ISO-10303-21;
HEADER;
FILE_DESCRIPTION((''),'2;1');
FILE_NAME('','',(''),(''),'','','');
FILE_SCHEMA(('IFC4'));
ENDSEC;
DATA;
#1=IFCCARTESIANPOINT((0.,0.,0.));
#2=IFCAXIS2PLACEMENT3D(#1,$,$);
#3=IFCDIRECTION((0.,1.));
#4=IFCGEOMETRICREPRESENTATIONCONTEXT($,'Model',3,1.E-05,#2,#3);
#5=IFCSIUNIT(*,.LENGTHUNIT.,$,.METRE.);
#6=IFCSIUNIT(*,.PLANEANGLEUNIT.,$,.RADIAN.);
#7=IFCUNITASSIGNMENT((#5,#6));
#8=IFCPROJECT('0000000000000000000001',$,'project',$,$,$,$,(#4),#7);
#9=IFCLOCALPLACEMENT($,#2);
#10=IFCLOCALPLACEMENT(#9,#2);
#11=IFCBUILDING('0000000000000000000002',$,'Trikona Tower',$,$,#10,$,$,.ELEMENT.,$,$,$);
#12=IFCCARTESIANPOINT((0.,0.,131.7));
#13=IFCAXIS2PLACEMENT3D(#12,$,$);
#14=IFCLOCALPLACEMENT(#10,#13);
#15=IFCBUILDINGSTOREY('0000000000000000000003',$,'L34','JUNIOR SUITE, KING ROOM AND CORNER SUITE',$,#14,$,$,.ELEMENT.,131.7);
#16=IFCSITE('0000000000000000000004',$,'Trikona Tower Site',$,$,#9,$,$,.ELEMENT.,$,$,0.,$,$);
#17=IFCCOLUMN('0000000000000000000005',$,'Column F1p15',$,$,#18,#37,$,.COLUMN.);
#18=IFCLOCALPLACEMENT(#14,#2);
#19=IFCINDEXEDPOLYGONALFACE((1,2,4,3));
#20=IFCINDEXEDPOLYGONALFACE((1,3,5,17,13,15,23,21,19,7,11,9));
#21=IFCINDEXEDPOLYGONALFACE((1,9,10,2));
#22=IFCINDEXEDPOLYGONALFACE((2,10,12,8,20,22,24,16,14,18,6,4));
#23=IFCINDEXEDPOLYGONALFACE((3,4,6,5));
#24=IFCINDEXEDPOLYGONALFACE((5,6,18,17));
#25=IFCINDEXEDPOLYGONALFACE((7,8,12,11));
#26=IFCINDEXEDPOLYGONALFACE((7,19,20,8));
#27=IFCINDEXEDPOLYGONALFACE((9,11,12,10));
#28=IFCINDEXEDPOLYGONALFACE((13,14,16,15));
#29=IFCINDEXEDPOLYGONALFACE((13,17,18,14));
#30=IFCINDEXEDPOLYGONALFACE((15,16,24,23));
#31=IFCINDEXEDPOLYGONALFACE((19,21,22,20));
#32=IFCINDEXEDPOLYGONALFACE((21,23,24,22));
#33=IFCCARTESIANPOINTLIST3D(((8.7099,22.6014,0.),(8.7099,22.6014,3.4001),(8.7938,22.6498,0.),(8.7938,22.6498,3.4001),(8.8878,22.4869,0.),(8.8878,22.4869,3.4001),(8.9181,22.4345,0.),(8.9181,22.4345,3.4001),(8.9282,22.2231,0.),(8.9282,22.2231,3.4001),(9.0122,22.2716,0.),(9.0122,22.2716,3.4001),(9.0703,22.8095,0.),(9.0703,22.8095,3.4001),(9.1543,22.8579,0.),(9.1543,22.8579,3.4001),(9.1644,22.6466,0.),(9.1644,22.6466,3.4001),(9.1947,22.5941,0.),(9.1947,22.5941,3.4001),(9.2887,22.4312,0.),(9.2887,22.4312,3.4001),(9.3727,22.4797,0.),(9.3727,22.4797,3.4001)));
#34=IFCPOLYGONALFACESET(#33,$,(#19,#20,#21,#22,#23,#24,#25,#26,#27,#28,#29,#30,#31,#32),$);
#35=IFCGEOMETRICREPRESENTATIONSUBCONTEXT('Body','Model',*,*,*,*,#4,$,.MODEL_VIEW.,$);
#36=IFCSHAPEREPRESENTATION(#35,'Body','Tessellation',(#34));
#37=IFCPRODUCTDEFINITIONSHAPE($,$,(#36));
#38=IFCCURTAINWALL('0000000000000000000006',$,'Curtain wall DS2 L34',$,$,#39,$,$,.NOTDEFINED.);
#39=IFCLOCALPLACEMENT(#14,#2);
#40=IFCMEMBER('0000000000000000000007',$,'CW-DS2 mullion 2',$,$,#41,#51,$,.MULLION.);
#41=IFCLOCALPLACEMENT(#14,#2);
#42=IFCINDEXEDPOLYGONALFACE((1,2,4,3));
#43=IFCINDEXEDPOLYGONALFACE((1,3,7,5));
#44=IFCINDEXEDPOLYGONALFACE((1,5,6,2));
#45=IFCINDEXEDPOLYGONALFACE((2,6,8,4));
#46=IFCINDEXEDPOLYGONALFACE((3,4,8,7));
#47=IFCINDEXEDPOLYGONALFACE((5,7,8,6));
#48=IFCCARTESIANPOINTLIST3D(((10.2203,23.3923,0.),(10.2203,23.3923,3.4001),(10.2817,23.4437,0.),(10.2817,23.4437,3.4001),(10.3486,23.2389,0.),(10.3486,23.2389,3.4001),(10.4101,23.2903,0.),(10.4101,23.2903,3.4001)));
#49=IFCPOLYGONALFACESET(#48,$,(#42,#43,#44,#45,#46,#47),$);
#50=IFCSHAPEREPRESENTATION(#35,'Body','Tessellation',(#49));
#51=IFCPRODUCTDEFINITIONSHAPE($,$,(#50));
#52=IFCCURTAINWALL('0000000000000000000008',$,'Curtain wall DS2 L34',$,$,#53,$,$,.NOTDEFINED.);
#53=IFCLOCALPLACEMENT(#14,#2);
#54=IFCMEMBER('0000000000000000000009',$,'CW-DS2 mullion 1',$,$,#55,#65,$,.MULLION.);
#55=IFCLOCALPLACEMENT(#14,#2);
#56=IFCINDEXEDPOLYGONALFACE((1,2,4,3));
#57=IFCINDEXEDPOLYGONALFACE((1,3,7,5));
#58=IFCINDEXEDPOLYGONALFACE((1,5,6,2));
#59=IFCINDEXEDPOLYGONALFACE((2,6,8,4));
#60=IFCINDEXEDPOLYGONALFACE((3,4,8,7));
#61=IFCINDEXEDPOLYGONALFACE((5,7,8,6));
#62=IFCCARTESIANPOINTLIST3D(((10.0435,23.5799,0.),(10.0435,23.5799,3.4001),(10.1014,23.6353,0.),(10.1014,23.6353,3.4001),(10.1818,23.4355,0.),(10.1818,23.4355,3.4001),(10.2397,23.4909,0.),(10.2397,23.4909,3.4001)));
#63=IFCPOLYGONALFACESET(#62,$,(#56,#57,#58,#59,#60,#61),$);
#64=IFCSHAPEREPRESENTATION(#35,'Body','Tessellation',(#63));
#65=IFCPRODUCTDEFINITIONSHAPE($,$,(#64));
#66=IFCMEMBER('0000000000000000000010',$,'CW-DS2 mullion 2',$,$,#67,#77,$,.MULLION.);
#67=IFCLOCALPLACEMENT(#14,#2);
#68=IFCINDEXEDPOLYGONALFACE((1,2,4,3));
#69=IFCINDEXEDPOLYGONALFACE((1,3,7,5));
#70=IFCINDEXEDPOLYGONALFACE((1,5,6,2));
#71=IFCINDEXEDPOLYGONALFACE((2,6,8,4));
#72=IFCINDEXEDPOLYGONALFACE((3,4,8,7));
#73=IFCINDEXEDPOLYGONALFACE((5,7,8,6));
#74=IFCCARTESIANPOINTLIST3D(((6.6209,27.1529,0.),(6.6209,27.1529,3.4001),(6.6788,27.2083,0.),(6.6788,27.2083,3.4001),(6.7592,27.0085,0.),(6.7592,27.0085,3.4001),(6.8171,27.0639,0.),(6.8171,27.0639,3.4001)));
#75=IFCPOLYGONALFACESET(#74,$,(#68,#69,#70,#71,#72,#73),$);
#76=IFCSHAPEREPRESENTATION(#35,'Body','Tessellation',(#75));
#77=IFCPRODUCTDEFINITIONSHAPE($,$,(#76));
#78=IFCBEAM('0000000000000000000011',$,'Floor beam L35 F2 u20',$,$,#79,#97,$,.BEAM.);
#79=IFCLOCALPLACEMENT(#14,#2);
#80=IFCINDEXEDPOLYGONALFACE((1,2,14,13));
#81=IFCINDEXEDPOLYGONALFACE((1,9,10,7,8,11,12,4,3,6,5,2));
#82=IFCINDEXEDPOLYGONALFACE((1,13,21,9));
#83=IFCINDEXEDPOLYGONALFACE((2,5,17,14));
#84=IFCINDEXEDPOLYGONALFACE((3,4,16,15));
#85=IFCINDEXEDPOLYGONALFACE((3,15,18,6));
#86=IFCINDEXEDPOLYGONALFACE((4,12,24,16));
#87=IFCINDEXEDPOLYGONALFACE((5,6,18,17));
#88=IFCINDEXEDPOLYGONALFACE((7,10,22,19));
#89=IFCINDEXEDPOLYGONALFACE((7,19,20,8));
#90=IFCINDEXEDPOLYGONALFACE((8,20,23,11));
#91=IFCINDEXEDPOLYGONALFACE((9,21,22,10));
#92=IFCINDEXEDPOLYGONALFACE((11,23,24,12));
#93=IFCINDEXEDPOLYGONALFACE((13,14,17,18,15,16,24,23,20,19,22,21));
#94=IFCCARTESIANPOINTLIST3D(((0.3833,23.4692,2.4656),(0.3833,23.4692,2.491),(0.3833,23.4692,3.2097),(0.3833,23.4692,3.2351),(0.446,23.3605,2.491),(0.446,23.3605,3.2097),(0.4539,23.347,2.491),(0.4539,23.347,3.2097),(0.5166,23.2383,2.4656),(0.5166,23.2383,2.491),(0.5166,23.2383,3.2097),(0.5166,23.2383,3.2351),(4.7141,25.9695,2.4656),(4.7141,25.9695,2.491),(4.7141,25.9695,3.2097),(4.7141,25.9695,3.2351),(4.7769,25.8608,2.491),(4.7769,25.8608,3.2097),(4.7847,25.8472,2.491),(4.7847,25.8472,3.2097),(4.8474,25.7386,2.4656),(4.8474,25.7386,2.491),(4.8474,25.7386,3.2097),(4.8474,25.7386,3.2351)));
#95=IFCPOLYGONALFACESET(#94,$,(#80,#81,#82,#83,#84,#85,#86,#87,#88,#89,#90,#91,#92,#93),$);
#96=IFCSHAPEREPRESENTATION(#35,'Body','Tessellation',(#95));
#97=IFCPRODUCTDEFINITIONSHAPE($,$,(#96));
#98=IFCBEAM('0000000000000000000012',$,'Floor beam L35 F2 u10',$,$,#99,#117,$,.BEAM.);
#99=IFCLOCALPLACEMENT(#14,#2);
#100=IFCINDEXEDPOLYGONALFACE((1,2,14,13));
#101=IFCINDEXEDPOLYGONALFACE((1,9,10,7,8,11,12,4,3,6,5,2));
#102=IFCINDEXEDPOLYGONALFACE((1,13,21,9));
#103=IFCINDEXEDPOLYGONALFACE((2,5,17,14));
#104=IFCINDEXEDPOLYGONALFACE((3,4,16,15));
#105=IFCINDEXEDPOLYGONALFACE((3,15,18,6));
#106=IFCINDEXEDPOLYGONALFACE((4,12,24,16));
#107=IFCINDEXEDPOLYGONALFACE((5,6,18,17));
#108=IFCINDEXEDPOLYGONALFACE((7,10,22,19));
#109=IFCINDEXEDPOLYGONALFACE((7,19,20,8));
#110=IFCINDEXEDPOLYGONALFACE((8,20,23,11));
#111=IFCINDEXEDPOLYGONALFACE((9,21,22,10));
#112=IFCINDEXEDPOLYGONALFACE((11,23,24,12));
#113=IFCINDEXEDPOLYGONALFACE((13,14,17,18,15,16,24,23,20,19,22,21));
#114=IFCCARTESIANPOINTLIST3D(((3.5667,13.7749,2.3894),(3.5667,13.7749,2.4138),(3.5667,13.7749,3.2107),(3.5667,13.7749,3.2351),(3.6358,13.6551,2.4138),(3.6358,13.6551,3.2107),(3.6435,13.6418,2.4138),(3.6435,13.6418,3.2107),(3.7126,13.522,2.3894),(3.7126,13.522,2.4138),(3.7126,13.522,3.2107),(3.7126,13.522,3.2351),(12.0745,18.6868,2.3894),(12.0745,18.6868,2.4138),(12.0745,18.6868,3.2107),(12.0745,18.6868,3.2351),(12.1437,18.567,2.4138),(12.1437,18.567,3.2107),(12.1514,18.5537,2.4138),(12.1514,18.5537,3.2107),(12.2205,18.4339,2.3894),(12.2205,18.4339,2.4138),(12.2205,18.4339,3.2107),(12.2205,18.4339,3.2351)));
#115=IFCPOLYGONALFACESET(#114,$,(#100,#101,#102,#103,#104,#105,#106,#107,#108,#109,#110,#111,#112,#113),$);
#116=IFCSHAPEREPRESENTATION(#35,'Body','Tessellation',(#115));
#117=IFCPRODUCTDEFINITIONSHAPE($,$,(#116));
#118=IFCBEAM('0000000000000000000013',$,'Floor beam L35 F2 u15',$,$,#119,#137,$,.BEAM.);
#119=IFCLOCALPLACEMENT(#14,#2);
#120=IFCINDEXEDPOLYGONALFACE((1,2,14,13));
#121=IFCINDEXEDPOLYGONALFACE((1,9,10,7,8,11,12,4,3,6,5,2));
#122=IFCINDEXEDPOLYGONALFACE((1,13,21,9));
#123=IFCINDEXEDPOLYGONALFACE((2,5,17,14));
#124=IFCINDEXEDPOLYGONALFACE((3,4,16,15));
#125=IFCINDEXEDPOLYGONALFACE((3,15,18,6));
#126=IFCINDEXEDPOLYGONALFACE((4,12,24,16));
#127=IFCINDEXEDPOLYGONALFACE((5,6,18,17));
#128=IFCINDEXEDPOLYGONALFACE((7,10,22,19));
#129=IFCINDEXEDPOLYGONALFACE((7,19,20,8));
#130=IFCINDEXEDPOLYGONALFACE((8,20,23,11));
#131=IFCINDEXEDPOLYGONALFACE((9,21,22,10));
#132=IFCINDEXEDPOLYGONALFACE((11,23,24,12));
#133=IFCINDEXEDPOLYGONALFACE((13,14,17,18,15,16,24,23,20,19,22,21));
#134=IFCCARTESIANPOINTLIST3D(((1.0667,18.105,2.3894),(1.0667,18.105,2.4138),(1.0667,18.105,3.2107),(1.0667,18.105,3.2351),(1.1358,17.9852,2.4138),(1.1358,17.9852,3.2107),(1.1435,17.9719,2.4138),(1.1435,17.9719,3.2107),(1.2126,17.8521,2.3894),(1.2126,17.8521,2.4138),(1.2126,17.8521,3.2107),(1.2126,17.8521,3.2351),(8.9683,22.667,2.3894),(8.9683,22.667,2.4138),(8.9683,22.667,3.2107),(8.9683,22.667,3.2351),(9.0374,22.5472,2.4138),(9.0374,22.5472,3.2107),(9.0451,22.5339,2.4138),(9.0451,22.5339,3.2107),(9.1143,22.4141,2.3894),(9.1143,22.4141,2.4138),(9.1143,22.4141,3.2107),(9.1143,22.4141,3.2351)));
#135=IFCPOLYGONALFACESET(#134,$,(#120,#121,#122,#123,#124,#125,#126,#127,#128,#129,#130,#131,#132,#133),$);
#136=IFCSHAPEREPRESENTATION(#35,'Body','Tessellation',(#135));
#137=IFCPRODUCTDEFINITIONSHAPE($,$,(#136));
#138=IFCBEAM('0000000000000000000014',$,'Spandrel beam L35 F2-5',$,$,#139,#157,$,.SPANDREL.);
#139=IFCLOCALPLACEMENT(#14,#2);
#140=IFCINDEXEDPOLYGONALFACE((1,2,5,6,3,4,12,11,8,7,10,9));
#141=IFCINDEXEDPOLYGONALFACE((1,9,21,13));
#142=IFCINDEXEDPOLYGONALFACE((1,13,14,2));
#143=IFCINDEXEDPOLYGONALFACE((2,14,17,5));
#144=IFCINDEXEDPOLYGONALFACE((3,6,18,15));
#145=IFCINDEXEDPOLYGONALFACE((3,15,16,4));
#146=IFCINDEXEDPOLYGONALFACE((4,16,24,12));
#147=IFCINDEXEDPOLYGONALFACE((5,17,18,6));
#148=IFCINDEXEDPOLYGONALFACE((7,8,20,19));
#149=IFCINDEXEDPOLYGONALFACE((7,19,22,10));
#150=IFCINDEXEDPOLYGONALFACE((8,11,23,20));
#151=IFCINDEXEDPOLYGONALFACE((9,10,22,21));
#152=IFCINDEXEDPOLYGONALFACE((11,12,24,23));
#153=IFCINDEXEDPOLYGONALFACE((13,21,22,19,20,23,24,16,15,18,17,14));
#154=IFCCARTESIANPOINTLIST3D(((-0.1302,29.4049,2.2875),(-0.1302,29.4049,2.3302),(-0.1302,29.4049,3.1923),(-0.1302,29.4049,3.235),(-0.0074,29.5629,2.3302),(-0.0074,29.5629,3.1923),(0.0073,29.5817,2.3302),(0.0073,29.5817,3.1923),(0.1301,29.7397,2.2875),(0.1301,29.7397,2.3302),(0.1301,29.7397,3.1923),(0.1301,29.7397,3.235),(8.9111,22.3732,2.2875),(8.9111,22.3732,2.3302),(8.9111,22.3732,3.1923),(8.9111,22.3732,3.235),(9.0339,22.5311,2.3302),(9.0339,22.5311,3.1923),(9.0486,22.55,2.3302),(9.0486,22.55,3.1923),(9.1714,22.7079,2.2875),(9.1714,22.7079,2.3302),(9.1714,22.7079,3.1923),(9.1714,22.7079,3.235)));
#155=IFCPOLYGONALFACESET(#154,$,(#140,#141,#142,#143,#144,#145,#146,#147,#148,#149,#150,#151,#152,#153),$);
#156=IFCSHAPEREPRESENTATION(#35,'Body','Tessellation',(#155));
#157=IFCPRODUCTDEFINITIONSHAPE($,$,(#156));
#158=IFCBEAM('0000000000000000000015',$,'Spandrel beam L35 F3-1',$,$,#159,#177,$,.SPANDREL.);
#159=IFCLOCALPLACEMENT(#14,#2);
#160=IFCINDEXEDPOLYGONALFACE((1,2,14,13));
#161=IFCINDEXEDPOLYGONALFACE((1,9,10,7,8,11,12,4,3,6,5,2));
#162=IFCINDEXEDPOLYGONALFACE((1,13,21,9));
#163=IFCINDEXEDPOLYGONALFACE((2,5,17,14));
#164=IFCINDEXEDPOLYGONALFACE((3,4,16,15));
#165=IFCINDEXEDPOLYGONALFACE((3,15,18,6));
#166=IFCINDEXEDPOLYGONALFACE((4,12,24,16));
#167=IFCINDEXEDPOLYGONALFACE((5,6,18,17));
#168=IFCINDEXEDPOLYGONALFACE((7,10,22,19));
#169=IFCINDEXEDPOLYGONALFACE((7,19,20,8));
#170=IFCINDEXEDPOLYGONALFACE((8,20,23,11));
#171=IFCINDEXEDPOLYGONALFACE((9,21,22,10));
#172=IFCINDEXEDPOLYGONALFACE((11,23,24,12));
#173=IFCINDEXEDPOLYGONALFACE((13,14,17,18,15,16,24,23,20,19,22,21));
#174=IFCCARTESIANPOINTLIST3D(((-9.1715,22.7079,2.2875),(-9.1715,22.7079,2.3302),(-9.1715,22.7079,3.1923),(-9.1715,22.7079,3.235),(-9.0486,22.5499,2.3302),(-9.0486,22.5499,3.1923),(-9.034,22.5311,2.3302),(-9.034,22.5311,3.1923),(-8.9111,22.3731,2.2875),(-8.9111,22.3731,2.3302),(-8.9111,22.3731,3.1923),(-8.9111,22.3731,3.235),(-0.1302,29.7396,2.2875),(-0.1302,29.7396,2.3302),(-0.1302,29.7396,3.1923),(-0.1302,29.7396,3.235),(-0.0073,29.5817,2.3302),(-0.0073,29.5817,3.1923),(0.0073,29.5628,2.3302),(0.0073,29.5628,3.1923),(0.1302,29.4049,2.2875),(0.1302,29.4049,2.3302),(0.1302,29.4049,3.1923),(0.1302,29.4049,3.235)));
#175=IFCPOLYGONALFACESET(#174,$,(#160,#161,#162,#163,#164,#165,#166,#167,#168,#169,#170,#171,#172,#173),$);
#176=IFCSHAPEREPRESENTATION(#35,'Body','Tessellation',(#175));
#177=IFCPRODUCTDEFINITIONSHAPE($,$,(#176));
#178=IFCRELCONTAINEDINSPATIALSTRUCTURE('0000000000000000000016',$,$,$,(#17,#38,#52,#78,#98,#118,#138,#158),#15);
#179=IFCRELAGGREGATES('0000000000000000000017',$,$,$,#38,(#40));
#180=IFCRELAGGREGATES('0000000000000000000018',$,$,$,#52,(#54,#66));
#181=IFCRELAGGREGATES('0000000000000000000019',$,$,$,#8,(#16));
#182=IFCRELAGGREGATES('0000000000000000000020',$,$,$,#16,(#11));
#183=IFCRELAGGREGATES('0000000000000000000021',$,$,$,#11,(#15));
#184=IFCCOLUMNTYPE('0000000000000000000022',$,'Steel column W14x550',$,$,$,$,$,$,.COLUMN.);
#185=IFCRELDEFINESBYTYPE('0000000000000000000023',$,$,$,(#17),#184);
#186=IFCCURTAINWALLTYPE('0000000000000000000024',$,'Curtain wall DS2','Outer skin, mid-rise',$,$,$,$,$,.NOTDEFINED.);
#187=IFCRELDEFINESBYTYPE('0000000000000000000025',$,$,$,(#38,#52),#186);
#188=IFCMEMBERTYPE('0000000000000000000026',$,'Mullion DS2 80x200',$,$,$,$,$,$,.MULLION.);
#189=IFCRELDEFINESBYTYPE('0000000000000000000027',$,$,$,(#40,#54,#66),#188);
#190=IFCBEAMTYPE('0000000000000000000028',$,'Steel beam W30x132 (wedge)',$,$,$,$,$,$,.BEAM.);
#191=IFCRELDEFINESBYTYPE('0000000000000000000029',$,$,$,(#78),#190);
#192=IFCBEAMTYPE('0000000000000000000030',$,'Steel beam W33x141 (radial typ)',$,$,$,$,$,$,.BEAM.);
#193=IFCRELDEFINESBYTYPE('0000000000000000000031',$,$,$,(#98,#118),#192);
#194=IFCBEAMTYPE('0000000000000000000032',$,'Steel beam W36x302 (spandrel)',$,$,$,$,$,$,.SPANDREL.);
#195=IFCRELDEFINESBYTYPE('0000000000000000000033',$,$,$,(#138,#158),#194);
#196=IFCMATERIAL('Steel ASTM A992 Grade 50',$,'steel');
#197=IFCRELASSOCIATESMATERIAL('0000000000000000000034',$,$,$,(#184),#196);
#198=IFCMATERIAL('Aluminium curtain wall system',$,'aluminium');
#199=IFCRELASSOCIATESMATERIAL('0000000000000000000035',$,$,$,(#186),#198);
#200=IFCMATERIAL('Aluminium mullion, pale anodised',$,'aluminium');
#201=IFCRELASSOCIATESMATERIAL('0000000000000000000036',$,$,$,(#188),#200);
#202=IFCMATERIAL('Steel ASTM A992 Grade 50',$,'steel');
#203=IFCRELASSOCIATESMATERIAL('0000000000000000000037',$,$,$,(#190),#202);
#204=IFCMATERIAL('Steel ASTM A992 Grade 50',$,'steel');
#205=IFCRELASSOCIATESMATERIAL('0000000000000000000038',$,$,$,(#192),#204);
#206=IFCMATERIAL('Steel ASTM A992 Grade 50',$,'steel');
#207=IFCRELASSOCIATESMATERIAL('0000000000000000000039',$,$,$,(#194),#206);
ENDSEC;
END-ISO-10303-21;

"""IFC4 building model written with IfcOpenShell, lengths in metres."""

from ifc_helpers import new_model, si_unit, direction, frame, origin, origin_2d, place, context, subcontext, project, spatial, rectangle, i_section, extrude, material, material_profile, profile_set, type_object, element, aggregate, save


model = new_model("IFC4")

# Units and contexts
model_context = context("Model", 3, precision=1e-05, world=origin(), true_north=direction((0.0, 1.0)))
body_context = subcontext(model_context, "Body", "Model", "MODEL_VIEW")
ifc_project = project(units=[si_unit("LENGTHUNIT", "METRE"), si_unit("PLANEANGLEUNIT", "RADIAN")], contexts=[model_context])

# Site, building, storey
site_placement = place(None, origin())
site = spatial("IfcSite", under=ifc_project, at=site_placement, Name="Trikona Tower Site", CompositionType="ELEMENT", RefElevation=0.0)
building_placement = place(site_placement, origin())
building = spatial("IfcBuilding", under=site, at=building_placement, Name="Trikona Tower", CompositionType="ELEMENT")
storey_placement = place(building_placement, frame((0.0, 0.0, 131.7)))
storey = spatial("IfcBuildingStorey", under=building, at=storey_placement, Name="L34", Description="JUNIOR SUITE, KING ROOM AND CORNER SUITE", CompositionType="ELEMENT", Elevation=131.7)

# Column
ifc_material_1 = material(Name="Steel ASTM A992 Grade 50", Category="steel")
ifc_material_profile_1 = material_profile(ifc_material_1, i_section(OverallWidth=0.4368, OverallDepth=0.5132, WebThickness=0.0605, FlangeThickness=0.0969, at=origin_2d()), Name="W14X550")
ifc_profile_set_1 = profile_set([ifc_material_profile_1], Name="Steel ASTM A992 Grade 50")
column_type = type_object("IfcColumnType", Name="Steel column W14x550", PredefinedType="COLUMN", material=ifc_profile_set_1)
column_placement = place(storey_placement, frame((9.0413, 22.5405, 0.0), z_axis=(0.0, 0.0, 1.0), x_axis=(-0.5, 0.866025, 0.0)))
element("IfcColumn", 1, at=column_placement, inside=storey, type_object=column_type, Name="Column F1p15", PredefinedType="COLUMN", context=body_context, shape_type="SweptSolid", body=[
    extrude(i_section(OverallWidth=0.4368, OverallDepth=0.5132, WebThickness=0.0605, FlangeThickness=0.0969, at=origin_2d()), origin(), (0.0, 0.0, 1.0), 3.4001),
])

# Curtain wall, member
ifc_material_2 = material(Name="Aluminium curtain wall system", Category="aluminium")
curtain_wall_type = type_object("IfcCurtainWallType", Name="Curtain wall DS2", Description="Outer skin, mid-rise", PredefinedType="NOTDEFINED", material=ifc_material_2)
curtain_wall_1_placement = place(storey_placement, origin())
curtain_wall_1 = element("IfcCurtainWall", 2, at=curtain_wall_1_placement, inside=storey, type_object=curtain_wall_type, Name="Curtain wall DS2 L34", PredefinedType="NOTDEFINED")
ifc_material_3 = material(Name="Aluminium mullion, pale anodised", Category="aluminium")
ifc_material_profile_2 = material_profile(ifc_material_3, rectangle(XDim=0.0801, YDim=0.2, at=origin_2d()), Name="MUL-DS2")
ifc_profile_set_2 = profile_set([ifc_material_profile_2], Name="Aluminium mullion, pale anodised")
member_type_1 = type_object("IfcMemberType", Name="Mullion DS2 80x200", PredefinedType="MULLION", material=ifc_profile_set_2)
member_1_placement = place(storey_placement, frame((10.3152, 23.3413, 0.0), z_axis=(0.0, 0.0, 1.0), x_axis=(-0.766867, -0.641806, 0.0)))
member_1 = element("IfcMember", 3, at=member_1_placement, type_object=member_type_1, Name="CW-DS2 mullion 2", PredefinedType="MULLION", context=body_context, shape_type="SweptSolid", body=[
    extrude(rectangle(XDim=0.0801, YDim=0.2, at=origin_2d()), origin(), (0.0, 0.0, 1.0), 3.4001),
])
aggregate(curtain_wall_1, [member_1])

# Curtain wall, members
curtain_wall_2_placement = place(storey_placement, origin())
curtain_wall_2 = element("IfcCurtainWall", 4, at=curtain_wall_2_placement, inside=storey, type_object=curtain_wall_type, Name="Curtain wall DS2 L34", PredefinedType="NOTDEFINED")
member_2_placement = place(storey_placement, frame((10.1416, 23.5354, 0.0), z_axis=(0.0, 0.0, 1.0), x_axis=(-0.722158, -0.691728, 0.0)))
member_2 = element("IfcMember", 5, at=member_2_placement, type_object=member_type_1, Name="CW-DS2 mullion 1", PredefinedType="MULLION", context=body_context, shape_type="SweptSolid", body=[
    extrude(rectangle(XDim=0.0801, YDim=0.2, at=origin_2d()), origin(), (0.0, 0.0, 1.0), 3.4001),
])
member_3_placement = place(storey_placement, frame((6.719, 27.1084, 0.0), z_axis=(0.0, 0.0, 1.0), x_axis=(-0.722158, -0.691728, 0.0)))
member_3 = element("IfcMember", 6, at=member_3_placement, type_object=member_type_1, Name="CW-DS2 mullion 2", PredefinedType="MULLION", context=body_context, shape_type="SweptSolid", body=[
    extrude(rectangle(XDim=0.0801, YDim=0.2, at=origin_2d()), origin(), (0.0, 0.0, 1.0), 3.4001),
])

# Beams
ifc_material_4 = material(Name="Steel ASTM A992 Grade 50", Category="steel")
ifc_material_profile_3 = material_profile(ifc_material_4, i_section(OverallWidth=0.2666, OverallDepth=0.7695, WebThickness=0.0156, FlangeThickness=0.0254, at=origin_2d()), Name="W30X132")
ifc_profile_set_3 = profile_set([ifc_material_profile_3], Name="Steel ASTM A992 Grade 50")
beam_type_1 = type_object("IfcBeamType", Name="Steel beam W30x132 (wedge)", PredefinedType="BEAM", material=ifc_profile_set_3)
beam_1_placement = place(storey_placement, frame((0.45, 23.3538, 2.8503), z_axis=(0.866038, 0.499977, 0.0), x_axis=(-0.499977, 0.866038, 0.0)))
element("IfcBeam", 7, at=beam_1_placement, inside=storey, type_object=beam_type_1, Name="Floor beam L35 F2 u20", PredefinedType="BEAM", context=body_context, shape_type="SweptSolid", body=[
    extrude(i_section(OverallWidth=0.2666, OverallDepth=0.7695, WebThickness=0.0156, FlangeThickness=0.0254, at=origin_2d()), origin(), (0.0, 0.0, 1.0), 5.0007),
])
ifc_material_5 = material(Name="Steel ASTM A992 Grade 50", Category="steel")
ifc_material_profile_4 = material_profile(ifc_material_5, i_section(OverallWidth=0.292, OverallDepth=0.8457, WebThickness=0.0154, FlangeThickness=0.0244, at=origin_2d()), Name="W33X141")
ifc_profile_set_4 = profile_set([ifc_material_profile_4], Name="Steel ASTM A992 Grade 50")
beam_type_2 = type_object("IfcBeamType", Name="Steel beam W33x141 (radial typ)", PredefinedType="BEAM", material=ifc_profile_set_4)
beam_2_placement = place(storey_placement, frame((3.6396, 13.6484, 2.8123), z_axis=(0.866031, 0.499991, 0.0), x_axis=(-0.499991, 0.866031, 0.0)))
element("IfcBeam", 8, at=beam_2_placement, inside=storey, type_object=beam_type_2, Name="Floor beam L35 F2 u10", PredefinedType="BEAM", context=body_context, shape_type="SweptSolid", body=[
    extrude(i_section(OverallWidth=0.292, OverallDepth=0.8457, WebThickness=0.0154, FlangeThickness=0.0244, at=origin_2d()), origin(), (0.0, 0.0, 1.0), 9.824),
])
beam_3_placement = place(storey_placement, frame((1.1396, 17.9785, 2.8123), z_axis=(0.866025, 0.500001, 0.0), x_axis=(-0.500001, 0.866025, 0.0)))
element("IfcBeam", 9, at=beam_3_placement, inside=storey, type_object=beam_type_2, Name="Floor beam L35 F2 u15", PredefinedType="BEAM", context=body_context, shape_type="SweptSolid", body=[
    extrude(i_section(OverallWidth=0.292, OverallDepth=0.8457, WebThickness=0.0154, FlangeThickness=0.0244, at=origin_2d()), origin(), (0.0, 0.0, 1.0), 9.124),
])
ifc_material_6 = material(Name="Steel ASTM A992 Grade 50", Category="steel")
ifc_material_profile_5 = material_profile(ifc_material_6, i_section(OverallWidth=0.4241, OverallDepth=0.9475, WebThickness=0.0239, FlangeThickness=0.0427, at=origin_2d()), Name="W36X302")
ifc_profile_set_5 = profile_set([ifc_material_profile_5], Name="Steel ASTM A992 Grade 50")
beam_type_3 = type_object("IfcBeamType", Name="Steel beam W36x302 (spandrel)", PredefinedType="SPANDREL", material=ifc_profile_set_5)
for number, where, z_axis, x_axis, name in (
    (10, (9.0413, 22.5405, 2.7612), (-0.789367, 0.613921, 0.0), (-0.613921, -0.789367, 0.0), "Spandrel beam L35 F2-5"),
    (11, (0.0, 29.5723, 2.7612), (-0.789367, -0.613921, 0.0), (0.613921, -0.789367, 0.0), "Spandrel beam L35 F3-1"),
):
    element("IfcBeam", number, at=place(storey_placement, frame(where, z_axis=z_axis, x_axis=x_axis)), inside=storey, type_object=beam_type_3, Name=name, PredefinedType="SPANDREL", context=body_context, shape_type="SweptSolid", body=[
        extrude(i_section(OverallWidth=0.4241, OverallDepth=0.9475, WebThickness=0.0239, FlangeThickness=0.0427, at=origin_2d()), origin(), (0.0, 0.0, 1.0), 11.4539),
    ])

aggregate(curtain_wall_2, [member_2, member_3])

save(model, "model.ifc")
